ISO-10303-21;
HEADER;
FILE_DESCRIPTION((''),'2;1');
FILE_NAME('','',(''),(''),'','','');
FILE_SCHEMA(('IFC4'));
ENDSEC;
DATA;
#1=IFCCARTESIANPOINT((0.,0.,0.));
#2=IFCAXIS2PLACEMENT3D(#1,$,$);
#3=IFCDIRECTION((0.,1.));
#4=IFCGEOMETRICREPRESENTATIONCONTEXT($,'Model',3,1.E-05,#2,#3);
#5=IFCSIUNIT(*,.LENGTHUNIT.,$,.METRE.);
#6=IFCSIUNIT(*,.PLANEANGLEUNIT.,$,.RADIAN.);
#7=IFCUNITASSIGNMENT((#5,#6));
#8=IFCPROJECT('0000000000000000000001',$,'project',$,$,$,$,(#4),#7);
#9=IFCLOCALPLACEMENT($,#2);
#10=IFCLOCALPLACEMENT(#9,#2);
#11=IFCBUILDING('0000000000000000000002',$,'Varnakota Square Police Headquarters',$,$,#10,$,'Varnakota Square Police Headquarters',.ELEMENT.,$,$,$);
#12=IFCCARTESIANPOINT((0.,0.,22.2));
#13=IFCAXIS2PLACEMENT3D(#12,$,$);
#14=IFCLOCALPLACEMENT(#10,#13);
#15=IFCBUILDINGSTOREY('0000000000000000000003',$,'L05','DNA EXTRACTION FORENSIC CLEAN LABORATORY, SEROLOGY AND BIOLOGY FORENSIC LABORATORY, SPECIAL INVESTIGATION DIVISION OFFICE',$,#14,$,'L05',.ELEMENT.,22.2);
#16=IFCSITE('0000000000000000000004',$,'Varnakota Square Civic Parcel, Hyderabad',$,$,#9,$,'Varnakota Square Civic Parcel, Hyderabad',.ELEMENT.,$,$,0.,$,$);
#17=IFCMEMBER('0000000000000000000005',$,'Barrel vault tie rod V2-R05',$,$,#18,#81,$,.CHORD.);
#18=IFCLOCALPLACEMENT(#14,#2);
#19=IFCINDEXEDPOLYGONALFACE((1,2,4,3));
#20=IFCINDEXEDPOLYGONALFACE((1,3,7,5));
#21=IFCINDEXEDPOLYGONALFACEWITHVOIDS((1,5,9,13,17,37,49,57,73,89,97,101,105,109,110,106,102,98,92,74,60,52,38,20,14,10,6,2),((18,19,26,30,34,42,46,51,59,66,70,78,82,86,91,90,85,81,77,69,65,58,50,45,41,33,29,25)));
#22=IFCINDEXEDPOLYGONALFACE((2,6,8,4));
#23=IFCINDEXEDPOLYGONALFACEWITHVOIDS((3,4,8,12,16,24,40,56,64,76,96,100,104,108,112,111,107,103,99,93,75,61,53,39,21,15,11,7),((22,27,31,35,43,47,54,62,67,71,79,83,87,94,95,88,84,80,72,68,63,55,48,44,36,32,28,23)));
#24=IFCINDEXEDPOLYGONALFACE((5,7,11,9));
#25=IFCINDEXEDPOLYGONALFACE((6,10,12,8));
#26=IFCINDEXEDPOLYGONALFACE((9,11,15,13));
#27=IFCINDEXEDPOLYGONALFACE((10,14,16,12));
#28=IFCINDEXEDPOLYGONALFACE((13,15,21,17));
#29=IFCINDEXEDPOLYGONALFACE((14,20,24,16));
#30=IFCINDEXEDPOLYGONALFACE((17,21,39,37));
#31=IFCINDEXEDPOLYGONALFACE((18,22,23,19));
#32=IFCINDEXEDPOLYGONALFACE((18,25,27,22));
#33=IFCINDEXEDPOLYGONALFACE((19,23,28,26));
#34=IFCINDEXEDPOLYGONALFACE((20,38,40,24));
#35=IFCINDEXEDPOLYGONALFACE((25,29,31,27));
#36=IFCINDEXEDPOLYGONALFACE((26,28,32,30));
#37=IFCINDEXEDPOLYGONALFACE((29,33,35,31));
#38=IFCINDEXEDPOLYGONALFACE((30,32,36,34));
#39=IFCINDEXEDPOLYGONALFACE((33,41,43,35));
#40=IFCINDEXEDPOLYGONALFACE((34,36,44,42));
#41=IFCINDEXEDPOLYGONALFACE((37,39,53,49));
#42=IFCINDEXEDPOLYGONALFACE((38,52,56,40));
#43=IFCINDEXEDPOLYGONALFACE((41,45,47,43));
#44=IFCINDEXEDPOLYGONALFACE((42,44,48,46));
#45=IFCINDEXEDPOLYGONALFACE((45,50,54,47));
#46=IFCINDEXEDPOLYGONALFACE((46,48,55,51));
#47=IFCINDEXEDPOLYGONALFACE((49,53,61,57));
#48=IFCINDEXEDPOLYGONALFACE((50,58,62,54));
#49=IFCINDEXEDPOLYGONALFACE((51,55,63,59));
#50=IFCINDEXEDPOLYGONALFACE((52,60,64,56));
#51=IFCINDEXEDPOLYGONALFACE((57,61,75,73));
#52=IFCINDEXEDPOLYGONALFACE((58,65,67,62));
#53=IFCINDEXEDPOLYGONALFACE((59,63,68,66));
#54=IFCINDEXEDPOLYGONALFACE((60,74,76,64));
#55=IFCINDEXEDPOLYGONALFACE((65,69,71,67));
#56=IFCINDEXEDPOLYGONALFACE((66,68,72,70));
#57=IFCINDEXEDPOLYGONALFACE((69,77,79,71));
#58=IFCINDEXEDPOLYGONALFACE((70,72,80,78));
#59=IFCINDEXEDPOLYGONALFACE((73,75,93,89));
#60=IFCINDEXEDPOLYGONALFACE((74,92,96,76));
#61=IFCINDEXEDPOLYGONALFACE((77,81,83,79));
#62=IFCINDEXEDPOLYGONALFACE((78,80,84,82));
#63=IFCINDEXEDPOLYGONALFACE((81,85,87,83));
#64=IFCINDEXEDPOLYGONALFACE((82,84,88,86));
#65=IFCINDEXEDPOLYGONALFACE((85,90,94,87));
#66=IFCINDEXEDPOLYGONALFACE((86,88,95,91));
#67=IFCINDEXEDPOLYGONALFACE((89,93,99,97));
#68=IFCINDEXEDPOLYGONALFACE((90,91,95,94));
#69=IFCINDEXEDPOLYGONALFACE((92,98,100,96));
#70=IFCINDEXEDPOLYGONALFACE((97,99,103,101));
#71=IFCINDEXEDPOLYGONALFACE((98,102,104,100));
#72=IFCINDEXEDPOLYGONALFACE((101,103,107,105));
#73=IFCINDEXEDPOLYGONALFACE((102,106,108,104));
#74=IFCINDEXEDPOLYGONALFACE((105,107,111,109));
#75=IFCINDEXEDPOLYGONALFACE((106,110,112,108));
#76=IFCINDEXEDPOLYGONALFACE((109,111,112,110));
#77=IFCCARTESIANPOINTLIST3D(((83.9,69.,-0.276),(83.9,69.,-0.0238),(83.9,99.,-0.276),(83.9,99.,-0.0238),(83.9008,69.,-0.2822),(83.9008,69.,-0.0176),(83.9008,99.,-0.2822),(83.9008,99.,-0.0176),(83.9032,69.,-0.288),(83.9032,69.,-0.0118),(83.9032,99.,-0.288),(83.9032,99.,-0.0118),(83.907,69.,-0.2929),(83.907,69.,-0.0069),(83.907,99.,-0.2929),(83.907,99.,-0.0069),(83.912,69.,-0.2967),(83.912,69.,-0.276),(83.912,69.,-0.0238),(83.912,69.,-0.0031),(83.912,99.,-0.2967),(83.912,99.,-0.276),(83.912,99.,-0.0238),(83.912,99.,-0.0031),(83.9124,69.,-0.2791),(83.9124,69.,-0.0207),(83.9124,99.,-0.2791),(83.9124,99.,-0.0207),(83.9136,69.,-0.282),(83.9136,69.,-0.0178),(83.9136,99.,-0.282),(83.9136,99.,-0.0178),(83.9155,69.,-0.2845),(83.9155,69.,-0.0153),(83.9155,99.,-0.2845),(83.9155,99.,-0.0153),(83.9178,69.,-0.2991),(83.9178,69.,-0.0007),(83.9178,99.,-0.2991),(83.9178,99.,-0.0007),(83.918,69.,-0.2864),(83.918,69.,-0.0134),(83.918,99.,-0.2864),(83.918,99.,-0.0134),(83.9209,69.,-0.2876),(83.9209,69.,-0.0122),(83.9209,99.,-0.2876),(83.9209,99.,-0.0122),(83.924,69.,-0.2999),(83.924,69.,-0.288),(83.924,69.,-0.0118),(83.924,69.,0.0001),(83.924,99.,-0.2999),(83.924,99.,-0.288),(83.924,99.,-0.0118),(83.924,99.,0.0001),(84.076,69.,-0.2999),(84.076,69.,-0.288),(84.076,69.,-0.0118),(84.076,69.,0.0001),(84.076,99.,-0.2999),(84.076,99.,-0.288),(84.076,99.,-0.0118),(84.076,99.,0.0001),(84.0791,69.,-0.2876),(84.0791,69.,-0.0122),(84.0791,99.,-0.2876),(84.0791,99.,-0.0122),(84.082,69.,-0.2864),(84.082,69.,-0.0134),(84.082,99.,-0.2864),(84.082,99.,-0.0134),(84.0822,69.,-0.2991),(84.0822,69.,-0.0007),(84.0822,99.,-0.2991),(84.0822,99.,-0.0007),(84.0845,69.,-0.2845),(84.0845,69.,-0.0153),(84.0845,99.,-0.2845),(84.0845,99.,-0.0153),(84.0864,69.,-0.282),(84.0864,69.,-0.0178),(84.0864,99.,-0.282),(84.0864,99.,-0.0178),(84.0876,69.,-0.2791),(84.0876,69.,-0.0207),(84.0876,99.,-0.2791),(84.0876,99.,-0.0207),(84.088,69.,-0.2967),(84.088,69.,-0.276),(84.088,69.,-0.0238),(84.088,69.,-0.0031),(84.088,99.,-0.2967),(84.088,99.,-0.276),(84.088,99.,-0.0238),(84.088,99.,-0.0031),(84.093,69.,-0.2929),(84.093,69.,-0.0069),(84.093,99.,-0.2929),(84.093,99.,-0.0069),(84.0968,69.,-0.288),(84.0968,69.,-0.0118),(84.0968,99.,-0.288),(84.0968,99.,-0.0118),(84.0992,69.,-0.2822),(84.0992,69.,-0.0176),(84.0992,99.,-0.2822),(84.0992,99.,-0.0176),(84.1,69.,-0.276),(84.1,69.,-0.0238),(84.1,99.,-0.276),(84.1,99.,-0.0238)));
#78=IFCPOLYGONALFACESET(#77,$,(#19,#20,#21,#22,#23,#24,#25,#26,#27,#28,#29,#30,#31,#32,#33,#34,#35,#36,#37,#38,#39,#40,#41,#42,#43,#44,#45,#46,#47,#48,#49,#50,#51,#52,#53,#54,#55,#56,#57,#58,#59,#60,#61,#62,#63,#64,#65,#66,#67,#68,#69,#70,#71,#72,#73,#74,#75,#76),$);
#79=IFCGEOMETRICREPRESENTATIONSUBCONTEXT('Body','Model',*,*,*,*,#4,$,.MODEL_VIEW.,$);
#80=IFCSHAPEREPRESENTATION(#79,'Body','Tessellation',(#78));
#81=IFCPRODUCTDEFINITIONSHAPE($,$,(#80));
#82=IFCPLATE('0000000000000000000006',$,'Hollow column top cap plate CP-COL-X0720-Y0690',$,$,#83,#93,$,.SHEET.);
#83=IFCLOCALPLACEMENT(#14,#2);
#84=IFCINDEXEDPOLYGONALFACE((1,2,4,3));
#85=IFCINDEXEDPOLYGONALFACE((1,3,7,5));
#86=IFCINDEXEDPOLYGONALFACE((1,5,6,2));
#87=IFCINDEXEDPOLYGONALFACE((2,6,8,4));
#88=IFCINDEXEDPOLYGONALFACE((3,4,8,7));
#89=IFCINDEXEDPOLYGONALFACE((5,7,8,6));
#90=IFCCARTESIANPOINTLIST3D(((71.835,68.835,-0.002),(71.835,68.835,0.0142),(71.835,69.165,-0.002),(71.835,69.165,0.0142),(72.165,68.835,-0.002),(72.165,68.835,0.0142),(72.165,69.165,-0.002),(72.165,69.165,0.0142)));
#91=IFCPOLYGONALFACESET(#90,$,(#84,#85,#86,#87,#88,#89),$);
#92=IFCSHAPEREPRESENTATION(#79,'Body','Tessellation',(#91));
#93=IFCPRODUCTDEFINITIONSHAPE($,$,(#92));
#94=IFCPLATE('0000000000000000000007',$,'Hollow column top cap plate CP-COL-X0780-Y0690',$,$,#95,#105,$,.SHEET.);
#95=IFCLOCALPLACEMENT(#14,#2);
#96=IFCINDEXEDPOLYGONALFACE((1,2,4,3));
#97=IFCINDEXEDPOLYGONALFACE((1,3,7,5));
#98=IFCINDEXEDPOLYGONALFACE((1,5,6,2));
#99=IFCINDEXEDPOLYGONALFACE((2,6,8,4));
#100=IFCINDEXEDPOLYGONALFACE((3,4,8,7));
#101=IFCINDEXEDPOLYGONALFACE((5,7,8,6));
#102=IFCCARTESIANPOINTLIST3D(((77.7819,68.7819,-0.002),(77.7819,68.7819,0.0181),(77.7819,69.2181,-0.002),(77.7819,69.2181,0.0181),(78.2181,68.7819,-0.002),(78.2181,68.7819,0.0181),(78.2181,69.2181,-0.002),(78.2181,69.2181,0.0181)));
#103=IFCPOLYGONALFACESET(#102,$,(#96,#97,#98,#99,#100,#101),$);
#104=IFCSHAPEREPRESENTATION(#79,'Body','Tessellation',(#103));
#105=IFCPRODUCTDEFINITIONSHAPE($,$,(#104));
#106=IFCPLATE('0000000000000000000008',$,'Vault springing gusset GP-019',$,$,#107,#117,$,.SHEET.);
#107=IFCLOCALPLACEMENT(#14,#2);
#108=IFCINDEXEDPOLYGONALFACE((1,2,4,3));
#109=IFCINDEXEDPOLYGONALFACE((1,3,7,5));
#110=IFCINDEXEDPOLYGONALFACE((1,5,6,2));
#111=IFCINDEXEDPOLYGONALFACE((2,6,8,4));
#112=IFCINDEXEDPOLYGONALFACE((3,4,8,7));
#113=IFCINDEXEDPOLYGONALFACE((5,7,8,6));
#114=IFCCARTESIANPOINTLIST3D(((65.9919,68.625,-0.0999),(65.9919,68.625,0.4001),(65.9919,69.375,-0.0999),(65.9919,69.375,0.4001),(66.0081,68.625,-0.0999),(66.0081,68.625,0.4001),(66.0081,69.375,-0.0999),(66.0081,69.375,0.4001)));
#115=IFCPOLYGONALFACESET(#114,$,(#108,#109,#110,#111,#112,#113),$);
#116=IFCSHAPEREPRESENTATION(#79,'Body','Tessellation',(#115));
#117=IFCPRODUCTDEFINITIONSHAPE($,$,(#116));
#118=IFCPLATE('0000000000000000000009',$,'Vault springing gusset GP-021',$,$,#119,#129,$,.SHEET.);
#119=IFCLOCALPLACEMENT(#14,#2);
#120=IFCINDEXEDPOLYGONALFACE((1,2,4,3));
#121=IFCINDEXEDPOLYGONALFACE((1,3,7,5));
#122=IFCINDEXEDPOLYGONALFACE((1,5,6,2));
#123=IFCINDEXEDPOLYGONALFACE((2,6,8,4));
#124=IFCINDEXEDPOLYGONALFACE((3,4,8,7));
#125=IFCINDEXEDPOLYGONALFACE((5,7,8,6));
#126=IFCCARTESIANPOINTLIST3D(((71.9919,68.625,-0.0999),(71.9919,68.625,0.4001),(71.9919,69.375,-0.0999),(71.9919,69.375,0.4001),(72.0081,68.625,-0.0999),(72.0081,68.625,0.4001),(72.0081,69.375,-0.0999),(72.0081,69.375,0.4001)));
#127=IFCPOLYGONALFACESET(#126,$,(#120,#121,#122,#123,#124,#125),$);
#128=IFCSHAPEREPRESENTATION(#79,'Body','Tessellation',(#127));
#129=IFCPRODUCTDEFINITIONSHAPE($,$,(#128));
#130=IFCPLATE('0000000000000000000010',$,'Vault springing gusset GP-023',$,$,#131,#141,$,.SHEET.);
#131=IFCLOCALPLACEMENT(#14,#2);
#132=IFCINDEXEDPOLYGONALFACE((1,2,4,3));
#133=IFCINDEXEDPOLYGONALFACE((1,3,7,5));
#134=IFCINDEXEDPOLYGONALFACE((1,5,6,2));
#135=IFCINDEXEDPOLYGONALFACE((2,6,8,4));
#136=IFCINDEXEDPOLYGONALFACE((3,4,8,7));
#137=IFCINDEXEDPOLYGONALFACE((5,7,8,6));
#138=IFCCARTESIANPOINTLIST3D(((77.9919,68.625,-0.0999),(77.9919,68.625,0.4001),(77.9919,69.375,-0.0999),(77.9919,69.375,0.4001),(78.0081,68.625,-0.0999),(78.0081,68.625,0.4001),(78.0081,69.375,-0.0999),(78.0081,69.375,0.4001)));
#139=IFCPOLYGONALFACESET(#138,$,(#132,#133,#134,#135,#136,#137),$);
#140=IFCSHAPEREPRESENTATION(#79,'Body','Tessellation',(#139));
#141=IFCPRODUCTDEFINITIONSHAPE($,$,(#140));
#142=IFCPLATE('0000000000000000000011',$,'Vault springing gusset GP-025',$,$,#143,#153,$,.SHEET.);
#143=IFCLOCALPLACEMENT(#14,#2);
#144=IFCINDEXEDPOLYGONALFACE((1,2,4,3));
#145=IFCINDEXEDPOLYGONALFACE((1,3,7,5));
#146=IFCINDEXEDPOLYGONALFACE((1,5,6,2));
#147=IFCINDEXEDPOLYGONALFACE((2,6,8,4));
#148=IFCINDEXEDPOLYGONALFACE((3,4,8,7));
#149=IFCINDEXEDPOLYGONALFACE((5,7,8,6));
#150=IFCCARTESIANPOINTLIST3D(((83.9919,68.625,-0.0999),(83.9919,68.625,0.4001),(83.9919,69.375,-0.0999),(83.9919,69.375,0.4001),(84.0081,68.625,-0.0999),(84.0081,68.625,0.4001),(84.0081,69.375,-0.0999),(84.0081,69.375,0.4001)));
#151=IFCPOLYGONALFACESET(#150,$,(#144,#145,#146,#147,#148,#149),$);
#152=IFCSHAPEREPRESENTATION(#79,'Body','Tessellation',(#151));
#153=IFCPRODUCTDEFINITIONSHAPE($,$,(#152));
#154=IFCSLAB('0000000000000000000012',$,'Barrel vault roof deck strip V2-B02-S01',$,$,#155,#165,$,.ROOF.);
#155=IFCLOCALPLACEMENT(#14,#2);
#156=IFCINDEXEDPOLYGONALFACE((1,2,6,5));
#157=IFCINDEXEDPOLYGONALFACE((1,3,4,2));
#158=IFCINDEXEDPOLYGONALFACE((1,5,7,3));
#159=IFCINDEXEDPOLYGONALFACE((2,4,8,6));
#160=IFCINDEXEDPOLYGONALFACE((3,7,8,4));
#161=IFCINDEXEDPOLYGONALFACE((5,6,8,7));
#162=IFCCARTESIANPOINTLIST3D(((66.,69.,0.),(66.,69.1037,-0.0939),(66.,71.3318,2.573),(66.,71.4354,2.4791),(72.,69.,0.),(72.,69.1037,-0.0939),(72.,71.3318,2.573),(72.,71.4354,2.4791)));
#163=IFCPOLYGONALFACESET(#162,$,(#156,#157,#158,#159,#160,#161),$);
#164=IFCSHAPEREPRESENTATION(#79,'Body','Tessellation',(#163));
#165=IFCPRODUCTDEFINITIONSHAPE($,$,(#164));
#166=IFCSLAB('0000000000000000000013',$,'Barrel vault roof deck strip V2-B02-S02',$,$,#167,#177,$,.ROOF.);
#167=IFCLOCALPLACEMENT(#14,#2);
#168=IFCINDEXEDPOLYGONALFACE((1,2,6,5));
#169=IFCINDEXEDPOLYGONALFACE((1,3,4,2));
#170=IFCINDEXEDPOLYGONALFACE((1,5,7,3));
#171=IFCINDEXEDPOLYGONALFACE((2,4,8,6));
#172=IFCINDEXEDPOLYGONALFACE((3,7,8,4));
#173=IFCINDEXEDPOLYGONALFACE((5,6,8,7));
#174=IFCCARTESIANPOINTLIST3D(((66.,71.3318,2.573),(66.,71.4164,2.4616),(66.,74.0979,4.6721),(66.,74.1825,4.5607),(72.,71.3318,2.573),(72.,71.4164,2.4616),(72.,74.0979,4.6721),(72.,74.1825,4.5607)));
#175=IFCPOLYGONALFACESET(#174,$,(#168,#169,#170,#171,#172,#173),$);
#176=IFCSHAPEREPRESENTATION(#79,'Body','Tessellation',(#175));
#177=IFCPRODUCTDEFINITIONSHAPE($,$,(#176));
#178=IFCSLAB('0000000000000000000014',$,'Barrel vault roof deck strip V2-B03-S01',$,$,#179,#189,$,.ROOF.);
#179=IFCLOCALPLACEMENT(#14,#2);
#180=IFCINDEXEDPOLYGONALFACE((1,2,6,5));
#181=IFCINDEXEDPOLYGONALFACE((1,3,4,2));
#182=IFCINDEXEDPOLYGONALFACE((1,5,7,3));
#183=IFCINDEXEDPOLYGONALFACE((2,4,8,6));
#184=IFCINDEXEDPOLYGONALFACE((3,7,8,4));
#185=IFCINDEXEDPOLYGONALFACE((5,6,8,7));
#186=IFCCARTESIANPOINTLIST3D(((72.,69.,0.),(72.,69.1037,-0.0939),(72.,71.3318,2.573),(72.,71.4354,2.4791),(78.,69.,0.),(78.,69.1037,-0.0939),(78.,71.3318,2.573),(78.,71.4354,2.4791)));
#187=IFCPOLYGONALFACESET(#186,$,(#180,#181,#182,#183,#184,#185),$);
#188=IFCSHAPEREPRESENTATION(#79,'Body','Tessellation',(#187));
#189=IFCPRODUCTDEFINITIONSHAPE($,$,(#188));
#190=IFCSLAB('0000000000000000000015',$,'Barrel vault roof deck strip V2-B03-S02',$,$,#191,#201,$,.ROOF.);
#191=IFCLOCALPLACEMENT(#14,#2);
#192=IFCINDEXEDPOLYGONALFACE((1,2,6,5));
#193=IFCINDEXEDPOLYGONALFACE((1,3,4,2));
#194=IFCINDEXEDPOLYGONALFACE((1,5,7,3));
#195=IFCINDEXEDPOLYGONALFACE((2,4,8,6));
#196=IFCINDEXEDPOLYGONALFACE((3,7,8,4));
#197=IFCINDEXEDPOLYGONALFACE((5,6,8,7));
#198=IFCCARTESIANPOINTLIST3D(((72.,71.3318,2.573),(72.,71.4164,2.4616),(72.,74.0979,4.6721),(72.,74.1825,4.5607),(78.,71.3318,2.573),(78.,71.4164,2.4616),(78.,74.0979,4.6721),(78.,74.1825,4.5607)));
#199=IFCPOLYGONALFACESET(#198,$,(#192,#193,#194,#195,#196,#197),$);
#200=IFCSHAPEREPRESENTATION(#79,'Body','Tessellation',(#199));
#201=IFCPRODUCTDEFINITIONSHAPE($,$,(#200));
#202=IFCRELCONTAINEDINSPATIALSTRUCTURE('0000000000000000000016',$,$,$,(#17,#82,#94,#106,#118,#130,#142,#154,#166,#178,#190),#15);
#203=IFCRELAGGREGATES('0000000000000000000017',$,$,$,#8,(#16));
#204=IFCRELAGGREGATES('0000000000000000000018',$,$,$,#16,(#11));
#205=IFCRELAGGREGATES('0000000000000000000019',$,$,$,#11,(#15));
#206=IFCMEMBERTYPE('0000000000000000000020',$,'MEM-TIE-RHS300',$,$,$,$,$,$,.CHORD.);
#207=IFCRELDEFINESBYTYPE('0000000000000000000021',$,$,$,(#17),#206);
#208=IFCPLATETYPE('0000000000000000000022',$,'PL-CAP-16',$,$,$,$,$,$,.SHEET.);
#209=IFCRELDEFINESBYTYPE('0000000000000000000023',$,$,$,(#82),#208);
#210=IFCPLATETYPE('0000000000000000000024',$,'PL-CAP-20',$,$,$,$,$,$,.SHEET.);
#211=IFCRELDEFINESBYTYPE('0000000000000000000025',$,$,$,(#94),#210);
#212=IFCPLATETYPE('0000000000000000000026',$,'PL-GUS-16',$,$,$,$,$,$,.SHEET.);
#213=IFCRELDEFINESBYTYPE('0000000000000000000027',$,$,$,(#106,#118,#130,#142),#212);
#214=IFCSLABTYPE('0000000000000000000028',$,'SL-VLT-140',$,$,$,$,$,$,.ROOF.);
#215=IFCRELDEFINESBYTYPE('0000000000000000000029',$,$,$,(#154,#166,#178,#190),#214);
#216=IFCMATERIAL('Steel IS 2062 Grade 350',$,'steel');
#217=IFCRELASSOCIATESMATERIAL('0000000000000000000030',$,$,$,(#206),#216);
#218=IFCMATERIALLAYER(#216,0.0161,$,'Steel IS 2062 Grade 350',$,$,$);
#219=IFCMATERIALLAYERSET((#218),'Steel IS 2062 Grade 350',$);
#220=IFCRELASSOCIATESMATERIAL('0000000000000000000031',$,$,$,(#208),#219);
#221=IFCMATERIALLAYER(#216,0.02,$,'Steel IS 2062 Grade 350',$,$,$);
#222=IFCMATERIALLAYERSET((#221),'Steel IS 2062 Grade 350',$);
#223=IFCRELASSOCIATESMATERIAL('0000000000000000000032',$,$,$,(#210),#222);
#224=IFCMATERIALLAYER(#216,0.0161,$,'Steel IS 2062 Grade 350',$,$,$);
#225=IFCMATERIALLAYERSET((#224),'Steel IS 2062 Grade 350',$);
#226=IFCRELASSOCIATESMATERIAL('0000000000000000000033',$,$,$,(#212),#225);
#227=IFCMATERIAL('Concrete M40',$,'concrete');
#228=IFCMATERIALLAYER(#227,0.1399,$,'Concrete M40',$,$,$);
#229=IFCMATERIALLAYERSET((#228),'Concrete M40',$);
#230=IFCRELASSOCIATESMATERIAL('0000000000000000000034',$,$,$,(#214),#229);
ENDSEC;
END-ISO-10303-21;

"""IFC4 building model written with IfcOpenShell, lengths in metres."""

from ifc_helpers import new_model, si_unit, direction, frame, origin, origin_2d, place, context, subcontext, project, spatial, polyline, rectangle, hollow_rectangle, outline, extrude, material, layer, layer_set, material_profile, profile_set, type_object, element, save


model = new_model("IFC4")

# Units and contexts
model_context = context("Model", 3, precision=1e-05, world=origin(), true_north=direction((0.0, 1.0)))
body_context = subcontext(model_context, "Body", "Model", "MODEL_VIEW")
ifc_project = project(units=[si_unit("LENGTHUNIT", "METRE"), si_unit("PLANEANGLEUNIT", "RADIAN")], contexts=[model_context])

# Site, building, storey
site_placement = place(None, origin())
site = spatial("IfcSite", under=ifc_project, at=site_placement, Name="Varnakota Square Civic Parcel, Hyderabad", LongName="Varnakota Square Civic Parcel, Hyderabad", CompositionType="ELEMENT", RefElevation=0.0)
building_placement = place(site_placement, origin())
building = spatial("IfcBuilding", under=site, at=building_placement, Name="Varnakota Square Police Headquarters", LongName="Varnakota Square Police Headquarters", CompositionType="ELEMENT")
storey_placement = place(building_placement, frame((0.0, 0.0, 22.2)))
storey = spatial("IfcBuildingStorey", under=building, at=storey_placement, Name="L05", Description="DNA EXTRACTION FORENSIC CLEAN LABORATORY, SEROLOGY AND BIOLOGY FORENSIC LABORATORY, SPECIAL INVESTIGATION DIVISION OFFICE", LongName="L05", CompositionType="ELEMENT", Elevation=22.2)

# Shared definitions
ifc_material_1 = material(Name="Steel IS 2062 Grade 350", Category="steel")

# Member
ifc_material_profile_1 = material_profile(ifc_material_1, hollow_rectangle(XDim=0.2, YDim=0.3, WallThickness=0.012, InnerFilletRadius=0.012, OuterFilletRadius=0.0239, at=origin_2d()), Name="RHS 300x200x12")
ifc_profile_set_1 = profile_set([ifc_material_profile_1], Name="Steel IS 2062 Grade 350")
member_type_1 = type_object("IfcMemberType", Name="MEM-TIE-RHS300", PredefinedType="CHORD", material=ifc_profile_set_1)
for number, where, z_axis, x_axis, name in (
    (1, (84.0, 69.0, -0.1499), (0.0, 1.0, 0.0), (-1.0, 0.0, 0.0), "Barrel vault tie rod V2-R05"),
):
    element("IfcMember", number, at=place(storey_placement, frame(where, z_axis=z_axis, x_axis=x_axis)), inside=storey, type_object=member_type_1, Name=name, PredefinedType="CHORD", context=body_context, shape_type="SweptSolid", body=[
        extrude(hollow_rectangle(XDim=0.2, YDim=0.3, WallThickness=0.012, InnerFilletRadius=0.012, OuterFilletRadius=0.0239, at=origin_2d()), origin(), (0.0, 0.0, 1.0), 30.0),
    ])

# Plates
ifc_layer_1 = layer(ifc_material_1, 0.0161, Name="Steel IS 2062 Grade 350")
ifc_layer_set_1 = layer_set([ifc_layer_1], Name="Steel IS 2062 Grade 350")
plate_type_1 = type_object("IfcPlateType", Name="PL-CAP-16", PredefinedType="SHEET", material=ifc_layer_set_1)
plate_1_placement = place(storey_placement, frame((72.0, 69.0, -0.002), z_axis=(0.0, 0.0, 1.0), x_axis=(1.0, 0.0, 0.0)))
element("IfcPlate", 2, at=plate_1_placement, inside=storey, type_object=plate_type_1, Name="Hollow column top cap plate CP-COL-X0720-Y0690", PredefinedType="SHEET", context=body_context, shape_type="SweptSolid", body=[
    extrude(rectangle(XDim=0.3301, YDim=0.3301, at=origin_2d()), origin(), (0.0, 0.0, 1.0), 0.0161),
])
ifc_layer_2 = layer(ifc_material_1, 0.02, Name="Steel IS 2062 Grade 350")
ifc_layer_set_2 = layer_set([ifc_layer_2], Name="Steel IS 2062 Grade 350")
plate_type_2 = type_object("IfcPlateType", Name="PL-CAP-20", PredefinedType="SHEET", material=ifc_layer_set_2)
plate_2_placement = place(storey_placement, frame((78.0, 69.0, -0.002), z_axis=(0.0, 0.0, 1.0), x_axis=(1.0, 0.0, 0.0)))
element("IfcPlate", 3, at=plate_2_placement, inside=storey, type_object=plate_type_2, Name="Hollow column top cap plate CP-COL-X0780-Y0690", PredefinedType="SHEET", context=body_context, shape_type="SweptSolid", body=[
    extrude(rectangle(XDim=0.4363, YDim=0.4363, at=origin_2d()), origin(), (0.0, 0.0, 1.0), 0.02),
])
ifc_layer_3 = layer(ifc_material_1, 0.0161, Name="Steel IS 2062 Grade 350")
ifc_layer_set_3 = layer_set([ifc_layer_3], Name="Steel IS 2062 Grade 350")
plate_type_3 = type_object("IfcPlateType", Name="PL-GUS-16", PredefinedType="SHEET", material=ifc_layer_set_3)
for number, where, z_axis, x_axis, name in (
    (4, (66.0, 69.0, -0.0999), (0.0, 0.0, 1.0), (1.0, 0.0, 0.0), "Vault springing gusset GP-019"),
    (5, (72.0, 69.0, -0.0999), (0.0, 0.0, 1.0), (1.0, 0.0, 0.0), "Vault springing gusset GP-021"),
    (6, (78.0, 69.0, -0.0999), (0.0, 0.0, 1.0), (1.0, 0.0, 0.0), "Vault springing gusset GP-023"),
    (7, (84.0, 69.0, -0.0999), (0.0, 0.0, 1.0), (1.0, 0.0, 0.0), "Vault springing gusset GP-025"),
):
    element("IfcPlate", number, at=place(storey_placement, frame(where, z_axis=z_axis, x_axis=x_axis)), inside=storey, type_object=plate_type_3, Name=name, PredefinedType="SHEET", context=body_context, shape_type="SweptSolid", body=[
        extrude(rectangle(XDim=0.0161, YDim=0.75, at=origin_2d()), origin(), (0.0, 0.0, 1.0), 0.5),
    ])

# Slabs
ifc_material_2 = material(Name="Concrete M40", Category="concrete")
ifc_layer_4 = layer(ifc_material_2, 0.1399, Name="Concrete M40")
ifc_layer_set_4 = layer_set([ifc_layer_4], Name="Concrete M40")
slab_type = type_object("IfcSlabType", Name="SL-VLT-140", PredefinedType="ROOF", material=ifc_layer_set_4)
slab_1_placement = place(storey_placement, frame((66.0, 69.0, 0.0), z_axis=(0.0, -0.740986, 0.671521), x_axis=(1.0, 0.0, 0.0)))
element("IfcSlab", 8, at=slab_1_placement, inside=storey, type_object=slab_type, Name="Barrel vault roof deck strip V2-B02-S01", PredefinedType="ROOF", context=body_context, shape_type="SweptSolid", body=[
    extrude(outline(polyline([(0.0, 0.0), (6.0, 0.0), (6.0, 3.4724), (0.0, 3.4724), (0.0, 0.0)])), origin(), (0.0, 0.0, -1.0), 0.1399),
])
slab_2_placement = place(storey_placement, frame((66.0, 71.3318, 2.573), z_axis=(0.0, -0.604513, 0.796596), x_axis=(1.0, 0.0, 0.0)))
element("IfcSlab", 9, at=slab_2_placement, inside=storey, type_object=slab_type, Name="Barrel vault roof deck strip V2-B02-S02", PredefinedType="ROOF", context=body_context, shape_type="SweptSolid", body=[
    extrude(outline(polyline([(0.0, 0.0), (6.0, 0.0), (6.0, 3.4724), (0.0, 3.4724), (0.0, 0.0)])), origin(), (0.0, 0.0, -1.0), 0.1399),
])
slab_3_placement = place(storey_placement, frame((72.0, 69.0, 0.0), z_axis=(0.0, -0.740986, 0.671521), x_axis=(1.0, 0.0, 0.0)))
element("IfcSlab", 10, at=slab_3_placement, inside=storey, type_object=slab_type, Name="Barrel vault roof deck strip V2-B03-S01", PredefinedType="ROOF", context=body_context, shape_type="SweptSolid", body=[
    extrude(outline(polyline([(0.0, 0.0), (6.0, 0.0), (6.0, 3.4724), (0.0, 3.4724), (0.0, 0.0)])), origin(), (0.0, 0.0, -1.0), 0.1399),
])
slab_4_placement = place(storey_placement, frame((72.0, 71.3318, 2.573), z_axis=(0.0, -0.604513, 0.796596), x_axis=(1.0, 0.0, 0.0)))
element("IfcSlab", 11, at=slab_4_placement, inside=storey, type_object=slab_type, Name="Barrel vault roof deck strip V2-B03-S02", PredefinedType="ROOF", context=body_context, shape_type="SweptSolid", body=[
    extrude(outline(polyline([(0.0, 0.0), (6.0, 0.0), (6.0, 3.4724), (0.0, 3.4724), (0.0, 0.0)])), origin(), (0.0, 0.0, -1.0), 0.1399),
])

save(model, "model.ifc")
